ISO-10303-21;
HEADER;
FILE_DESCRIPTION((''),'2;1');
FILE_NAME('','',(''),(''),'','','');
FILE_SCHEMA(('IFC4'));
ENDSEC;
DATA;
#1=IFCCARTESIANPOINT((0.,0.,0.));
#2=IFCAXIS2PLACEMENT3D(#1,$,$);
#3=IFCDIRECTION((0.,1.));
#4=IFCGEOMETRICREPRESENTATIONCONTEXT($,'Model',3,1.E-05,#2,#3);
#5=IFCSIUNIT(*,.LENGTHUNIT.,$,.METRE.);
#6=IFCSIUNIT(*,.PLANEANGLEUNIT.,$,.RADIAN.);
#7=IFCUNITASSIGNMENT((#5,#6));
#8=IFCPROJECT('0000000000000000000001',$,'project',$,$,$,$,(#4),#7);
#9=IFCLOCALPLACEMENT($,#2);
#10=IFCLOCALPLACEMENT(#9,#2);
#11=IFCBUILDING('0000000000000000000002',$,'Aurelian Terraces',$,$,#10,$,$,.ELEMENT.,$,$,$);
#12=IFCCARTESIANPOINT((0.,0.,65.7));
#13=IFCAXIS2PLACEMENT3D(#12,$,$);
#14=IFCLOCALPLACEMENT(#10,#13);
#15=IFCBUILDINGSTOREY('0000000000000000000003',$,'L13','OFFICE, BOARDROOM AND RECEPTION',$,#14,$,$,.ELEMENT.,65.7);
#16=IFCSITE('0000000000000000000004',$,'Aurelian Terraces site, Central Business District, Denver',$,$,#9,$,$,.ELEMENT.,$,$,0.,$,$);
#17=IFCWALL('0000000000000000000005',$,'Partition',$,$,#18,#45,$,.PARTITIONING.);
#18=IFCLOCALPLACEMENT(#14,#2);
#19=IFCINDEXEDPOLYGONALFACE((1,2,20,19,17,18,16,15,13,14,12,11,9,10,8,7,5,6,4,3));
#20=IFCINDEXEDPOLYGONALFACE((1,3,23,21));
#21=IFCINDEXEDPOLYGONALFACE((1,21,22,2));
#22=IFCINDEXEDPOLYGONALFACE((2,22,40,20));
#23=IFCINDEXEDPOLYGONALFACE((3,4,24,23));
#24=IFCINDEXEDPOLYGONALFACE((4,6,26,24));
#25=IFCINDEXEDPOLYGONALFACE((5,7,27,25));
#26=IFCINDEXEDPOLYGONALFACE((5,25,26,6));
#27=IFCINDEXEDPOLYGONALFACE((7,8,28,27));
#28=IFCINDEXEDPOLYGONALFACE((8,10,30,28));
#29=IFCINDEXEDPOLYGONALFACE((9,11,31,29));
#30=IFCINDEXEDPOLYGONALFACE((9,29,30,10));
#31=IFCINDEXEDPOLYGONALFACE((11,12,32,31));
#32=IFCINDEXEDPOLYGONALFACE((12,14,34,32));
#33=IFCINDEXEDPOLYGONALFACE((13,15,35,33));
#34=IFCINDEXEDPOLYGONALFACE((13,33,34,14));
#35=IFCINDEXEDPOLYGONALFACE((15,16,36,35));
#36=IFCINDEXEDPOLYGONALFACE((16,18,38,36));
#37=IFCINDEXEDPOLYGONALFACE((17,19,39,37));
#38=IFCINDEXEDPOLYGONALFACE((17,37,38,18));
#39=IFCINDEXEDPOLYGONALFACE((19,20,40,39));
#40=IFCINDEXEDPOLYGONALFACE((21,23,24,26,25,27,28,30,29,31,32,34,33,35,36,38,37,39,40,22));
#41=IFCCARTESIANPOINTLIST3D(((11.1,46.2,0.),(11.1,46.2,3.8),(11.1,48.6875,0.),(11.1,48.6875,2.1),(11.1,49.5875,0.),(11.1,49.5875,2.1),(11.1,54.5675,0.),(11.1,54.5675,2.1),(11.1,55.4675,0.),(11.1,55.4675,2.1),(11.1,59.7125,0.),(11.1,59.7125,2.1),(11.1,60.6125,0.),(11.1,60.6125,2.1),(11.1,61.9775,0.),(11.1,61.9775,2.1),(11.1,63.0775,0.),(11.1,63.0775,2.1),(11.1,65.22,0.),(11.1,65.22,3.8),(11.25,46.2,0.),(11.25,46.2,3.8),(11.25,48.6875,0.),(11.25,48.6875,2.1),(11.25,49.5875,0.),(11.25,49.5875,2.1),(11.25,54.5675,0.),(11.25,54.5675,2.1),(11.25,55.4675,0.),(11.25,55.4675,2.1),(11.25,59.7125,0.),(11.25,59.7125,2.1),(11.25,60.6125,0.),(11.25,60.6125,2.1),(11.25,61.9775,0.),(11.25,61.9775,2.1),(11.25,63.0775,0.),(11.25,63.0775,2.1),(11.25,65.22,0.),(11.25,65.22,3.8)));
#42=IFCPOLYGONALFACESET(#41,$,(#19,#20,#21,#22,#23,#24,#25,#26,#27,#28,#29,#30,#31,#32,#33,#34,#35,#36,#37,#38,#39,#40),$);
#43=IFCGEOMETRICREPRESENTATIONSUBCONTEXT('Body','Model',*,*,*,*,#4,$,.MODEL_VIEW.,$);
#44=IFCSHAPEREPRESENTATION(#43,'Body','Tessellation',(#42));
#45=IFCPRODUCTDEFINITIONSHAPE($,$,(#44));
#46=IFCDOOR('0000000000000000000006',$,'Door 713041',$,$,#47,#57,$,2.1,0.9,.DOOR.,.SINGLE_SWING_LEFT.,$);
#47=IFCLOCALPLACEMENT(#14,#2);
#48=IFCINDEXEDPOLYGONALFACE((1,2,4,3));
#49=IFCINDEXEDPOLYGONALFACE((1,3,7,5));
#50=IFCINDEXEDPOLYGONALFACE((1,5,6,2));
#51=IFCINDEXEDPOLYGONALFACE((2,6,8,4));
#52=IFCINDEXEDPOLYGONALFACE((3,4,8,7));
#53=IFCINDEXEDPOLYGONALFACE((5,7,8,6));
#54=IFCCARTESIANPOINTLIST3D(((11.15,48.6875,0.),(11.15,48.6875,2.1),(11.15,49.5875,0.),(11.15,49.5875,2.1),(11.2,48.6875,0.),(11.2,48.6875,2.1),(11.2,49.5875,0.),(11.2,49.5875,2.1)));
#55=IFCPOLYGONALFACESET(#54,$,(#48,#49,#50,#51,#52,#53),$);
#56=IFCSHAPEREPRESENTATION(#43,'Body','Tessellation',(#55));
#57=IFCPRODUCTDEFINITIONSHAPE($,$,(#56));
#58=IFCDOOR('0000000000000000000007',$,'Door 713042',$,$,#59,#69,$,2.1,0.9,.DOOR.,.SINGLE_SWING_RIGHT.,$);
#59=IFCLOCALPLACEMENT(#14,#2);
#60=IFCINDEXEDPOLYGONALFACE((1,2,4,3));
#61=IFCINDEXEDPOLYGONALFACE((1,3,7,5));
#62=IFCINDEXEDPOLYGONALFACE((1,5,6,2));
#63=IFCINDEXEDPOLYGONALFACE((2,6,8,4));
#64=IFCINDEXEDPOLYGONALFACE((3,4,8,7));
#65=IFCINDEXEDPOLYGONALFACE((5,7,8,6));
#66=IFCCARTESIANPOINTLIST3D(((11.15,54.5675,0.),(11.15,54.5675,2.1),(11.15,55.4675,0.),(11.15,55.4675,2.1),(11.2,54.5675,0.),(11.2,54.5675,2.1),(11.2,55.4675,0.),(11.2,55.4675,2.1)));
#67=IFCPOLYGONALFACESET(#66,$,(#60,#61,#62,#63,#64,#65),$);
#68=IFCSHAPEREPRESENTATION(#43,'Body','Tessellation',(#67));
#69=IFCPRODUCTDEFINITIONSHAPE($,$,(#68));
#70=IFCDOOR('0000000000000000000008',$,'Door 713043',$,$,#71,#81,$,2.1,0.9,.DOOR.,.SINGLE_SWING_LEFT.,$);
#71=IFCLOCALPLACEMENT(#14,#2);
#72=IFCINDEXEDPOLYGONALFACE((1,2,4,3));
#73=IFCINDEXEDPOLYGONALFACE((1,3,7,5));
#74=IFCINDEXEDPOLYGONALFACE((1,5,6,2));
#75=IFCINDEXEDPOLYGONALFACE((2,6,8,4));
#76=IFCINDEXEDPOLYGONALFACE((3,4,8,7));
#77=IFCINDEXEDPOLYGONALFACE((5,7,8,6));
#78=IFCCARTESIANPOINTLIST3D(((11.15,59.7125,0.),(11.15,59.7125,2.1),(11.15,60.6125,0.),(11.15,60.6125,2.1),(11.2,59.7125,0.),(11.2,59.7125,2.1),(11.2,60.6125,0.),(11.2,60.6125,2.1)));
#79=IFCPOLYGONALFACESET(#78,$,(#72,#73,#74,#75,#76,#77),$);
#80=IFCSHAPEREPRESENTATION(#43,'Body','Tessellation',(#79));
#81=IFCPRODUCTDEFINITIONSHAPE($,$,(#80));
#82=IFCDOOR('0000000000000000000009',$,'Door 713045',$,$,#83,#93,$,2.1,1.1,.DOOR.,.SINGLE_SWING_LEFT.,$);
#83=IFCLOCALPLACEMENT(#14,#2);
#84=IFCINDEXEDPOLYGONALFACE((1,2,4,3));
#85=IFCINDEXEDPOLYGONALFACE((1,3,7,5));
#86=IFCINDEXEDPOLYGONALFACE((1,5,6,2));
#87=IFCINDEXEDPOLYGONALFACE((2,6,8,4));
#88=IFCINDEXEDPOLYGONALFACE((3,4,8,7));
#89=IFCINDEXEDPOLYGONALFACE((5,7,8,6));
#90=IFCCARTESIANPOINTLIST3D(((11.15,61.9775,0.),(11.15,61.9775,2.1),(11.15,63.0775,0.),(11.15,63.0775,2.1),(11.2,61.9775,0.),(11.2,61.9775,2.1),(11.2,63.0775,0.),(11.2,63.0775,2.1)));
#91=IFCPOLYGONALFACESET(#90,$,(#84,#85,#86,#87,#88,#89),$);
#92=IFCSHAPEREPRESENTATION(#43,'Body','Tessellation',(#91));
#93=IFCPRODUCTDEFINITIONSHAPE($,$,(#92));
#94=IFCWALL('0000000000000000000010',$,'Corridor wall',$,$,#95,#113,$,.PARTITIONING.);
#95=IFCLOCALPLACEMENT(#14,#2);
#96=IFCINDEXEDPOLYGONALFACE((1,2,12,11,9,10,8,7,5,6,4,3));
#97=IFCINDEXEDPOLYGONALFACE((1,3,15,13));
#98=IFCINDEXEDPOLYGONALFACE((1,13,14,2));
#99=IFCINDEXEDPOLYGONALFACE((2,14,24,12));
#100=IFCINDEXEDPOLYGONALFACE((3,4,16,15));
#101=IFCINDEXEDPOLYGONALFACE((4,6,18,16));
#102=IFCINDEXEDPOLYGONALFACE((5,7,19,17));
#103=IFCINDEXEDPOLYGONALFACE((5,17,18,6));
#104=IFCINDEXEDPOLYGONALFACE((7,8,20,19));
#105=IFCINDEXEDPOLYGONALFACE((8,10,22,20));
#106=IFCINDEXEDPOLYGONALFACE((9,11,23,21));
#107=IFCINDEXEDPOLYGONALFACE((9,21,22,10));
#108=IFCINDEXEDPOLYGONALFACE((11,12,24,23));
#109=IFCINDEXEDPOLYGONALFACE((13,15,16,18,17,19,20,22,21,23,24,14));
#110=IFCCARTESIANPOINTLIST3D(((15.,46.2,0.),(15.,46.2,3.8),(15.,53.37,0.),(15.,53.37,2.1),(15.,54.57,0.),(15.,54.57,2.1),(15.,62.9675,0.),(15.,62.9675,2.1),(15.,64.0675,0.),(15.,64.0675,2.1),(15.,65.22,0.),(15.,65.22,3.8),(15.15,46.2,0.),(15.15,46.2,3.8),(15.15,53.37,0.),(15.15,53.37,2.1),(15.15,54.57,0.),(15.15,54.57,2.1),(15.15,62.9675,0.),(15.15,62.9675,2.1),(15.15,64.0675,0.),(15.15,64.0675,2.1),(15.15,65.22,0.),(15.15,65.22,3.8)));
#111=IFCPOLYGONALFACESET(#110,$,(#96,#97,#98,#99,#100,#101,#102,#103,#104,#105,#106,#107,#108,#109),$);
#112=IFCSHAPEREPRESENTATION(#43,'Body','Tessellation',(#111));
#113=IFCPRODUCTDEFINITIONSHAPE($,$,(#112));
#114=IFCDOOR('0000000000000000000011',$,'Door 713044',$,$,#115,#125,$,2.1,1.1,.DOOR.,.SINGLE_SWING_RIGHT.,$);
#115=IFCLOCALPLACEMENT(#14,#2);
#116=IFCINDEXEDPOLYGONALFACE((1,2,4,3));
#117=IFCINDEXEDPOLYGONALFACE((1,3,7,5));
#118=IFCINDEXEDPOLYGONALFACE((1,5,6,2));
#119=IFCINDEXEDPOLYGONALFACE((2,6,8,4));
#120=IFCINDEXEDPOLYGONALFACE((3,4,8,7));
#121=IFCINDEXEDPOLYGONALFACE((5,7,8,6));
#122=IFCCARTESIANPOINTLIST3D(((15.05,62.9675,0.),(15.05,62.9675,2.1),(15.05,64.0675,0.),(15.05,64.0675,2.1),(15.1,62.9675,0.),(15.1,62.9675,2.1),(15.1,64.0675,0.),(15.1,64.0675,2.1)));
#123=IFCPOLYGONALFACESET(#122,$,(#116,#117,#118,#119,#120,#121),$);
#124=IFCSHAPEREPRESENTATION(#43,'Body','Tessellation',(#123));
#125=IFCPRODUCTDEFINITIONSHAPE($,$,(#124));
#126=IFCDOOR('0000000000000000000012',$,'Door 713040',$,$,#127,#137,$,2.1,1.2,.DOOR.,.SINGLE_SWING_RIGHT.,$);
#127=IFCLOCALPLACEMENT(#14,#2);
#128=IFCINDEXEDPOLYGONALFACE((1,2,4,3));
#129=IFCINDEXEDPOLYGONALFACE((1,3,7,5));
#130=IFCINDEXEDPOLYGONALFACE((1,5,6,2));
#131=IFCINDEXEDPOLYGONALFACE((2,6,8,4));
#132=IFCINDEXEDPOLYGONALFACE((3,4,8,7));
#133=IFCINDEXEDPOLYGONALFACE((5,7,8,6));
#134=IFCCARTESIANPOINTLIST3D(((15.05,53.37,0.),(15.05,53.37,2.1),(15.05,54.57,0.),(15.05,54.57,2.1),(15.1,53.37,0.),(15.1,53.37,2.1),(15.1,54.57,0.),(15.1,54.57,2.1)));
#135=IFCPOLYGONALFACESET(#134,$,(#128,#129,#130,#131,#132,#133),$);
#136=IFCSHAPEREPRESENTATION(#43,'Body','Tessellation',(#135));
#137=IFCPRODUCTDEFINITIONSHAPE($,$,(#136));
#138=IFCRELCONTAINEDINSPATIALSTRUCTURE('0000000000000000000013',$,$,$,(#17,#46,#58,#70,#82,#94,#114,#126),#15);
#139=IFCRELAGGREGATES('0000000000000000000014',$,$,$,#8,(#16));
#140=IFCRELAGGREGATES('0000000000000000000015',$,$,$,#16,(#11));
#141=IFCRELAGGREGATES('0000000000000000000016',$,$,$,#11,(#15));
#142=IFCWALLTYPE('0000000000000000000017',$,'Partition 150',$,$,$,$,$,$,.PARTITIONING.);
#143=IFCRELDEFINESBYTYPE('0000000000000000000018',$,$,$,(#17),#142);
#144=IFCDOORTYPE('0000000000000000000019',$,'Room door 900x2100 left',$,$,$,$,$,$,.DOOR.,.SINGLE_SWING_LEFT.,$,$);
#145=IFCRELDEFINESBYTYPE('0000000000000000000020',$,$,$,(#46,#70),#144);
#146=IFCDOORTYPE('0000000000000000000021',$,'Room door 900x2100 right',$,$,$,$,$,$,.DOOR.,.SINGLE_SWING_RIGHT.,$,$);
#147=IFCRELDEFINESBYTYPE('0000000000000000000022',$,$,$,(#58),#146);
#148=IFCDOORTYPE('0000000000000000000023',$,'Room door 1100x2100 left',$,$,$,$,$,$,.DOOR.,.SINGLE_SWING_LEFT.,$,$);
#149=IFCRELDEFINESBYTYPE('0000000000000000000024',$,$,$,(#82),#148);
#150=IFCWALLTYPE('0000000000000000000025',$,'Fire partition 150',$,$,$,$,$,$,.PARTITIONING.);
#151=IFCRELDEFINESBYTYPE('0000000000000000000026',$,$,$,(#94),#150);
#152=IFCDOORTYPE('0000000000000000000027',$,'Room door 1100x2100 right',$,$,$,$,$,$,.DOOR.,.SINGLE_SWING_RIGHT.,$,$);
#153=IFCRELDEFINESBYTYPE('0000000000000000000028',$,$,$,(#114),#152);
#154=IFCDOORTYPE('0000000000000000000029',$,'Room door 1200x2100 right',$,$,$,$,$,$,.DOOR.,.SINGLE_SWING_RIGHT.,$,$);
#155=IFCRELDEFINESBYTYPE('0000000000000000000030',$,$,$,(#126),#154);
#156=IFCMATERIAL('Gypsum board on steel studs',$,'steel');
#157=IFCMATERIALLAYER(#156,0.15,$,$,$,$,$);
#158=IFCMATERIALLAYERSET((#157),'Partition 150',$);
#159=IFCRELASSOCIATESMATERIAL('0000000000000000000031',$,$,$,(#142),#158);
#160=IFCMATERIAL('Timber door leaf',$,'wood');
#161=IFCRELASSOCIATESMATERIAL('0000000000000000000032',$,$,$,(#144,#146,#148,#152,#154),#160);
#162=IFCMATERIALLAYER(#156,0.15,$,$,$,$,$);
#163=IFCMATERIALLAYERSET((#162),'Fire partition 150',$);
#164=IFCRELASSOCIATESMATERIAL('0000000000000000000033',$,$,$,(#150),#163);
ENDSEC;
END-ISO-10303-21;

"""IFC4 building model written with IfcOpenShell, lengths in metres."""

from ifc_helpers import new_model, si_unit, direction, frame, frame_2d, origin, place, context, subcontext, project, spatial, rectangle, extrude, source, transform, mapped, material, layer, layer_set, type_object, element, fill, save


model = new_model("IFC4")

# Units and contexts
model_context = context("Model", 3, precision=1e-05, world=origin(), true_north=direction((0.0, 1.0)))
body_context = subcontext(model_context, "Body", "Model", "MODEL_VIEW")
ifc_project = project(units=[si_unit("LENGTHUNIT", "METRE"), si_unit("PLANEANGLEUNIT", "RADIAN")], contexts=[model_context])

# Site, building, storey
site_placement = place(None, origin())
site = spatial("IfcSite", under=ifc_project, at=site_placement, Name="Aurelian Terraces site, Central Business District, Denver", CompositionType="ELEMENT", RefElevation=0.0)
building_placement = place(site_placement, origin())
building = spatial("IfcBuilding", under=site, at=building_placement, Name="Aurelian Terraces", CompositionType="ELEMENT")
storey_placement = place(building_placement, frame((0.0, 0.0, 65.7)))
storey = spatial("IfcBuildingStorey", under=building, at=storey_placement, Name="L13", Description="OFFICE, BOARDROOM AND RECEPTION", CompositionType="ELEMENT", Elevation=65.7)

# Shared definitions
ifc_material_1 = material(Name="Gypsum board on steel studs", Category="steel")
ifc_layer_1 = layer(ifc_material_1, 0.15)
ifc_layer_set_1 = layer_set([ifc_layer_1], Name="Partition 150")
wall_type_1 = type_object("IfcWallType", Name="Partition 150", PredefinedType="PARTITIONING", material=ifc_layer_set_1)

# Walls, openings, doors
shared_shape_1 = source(origin(), body_context, "Body", "SweptSolid", [
    extrude(rectangle(XDim=19.02, YDim=0.15, at=frame_2d((9.51, 0.0))), origin(), (0.0, 0.0, 1.0), 3.8),
])
wall_1_placement = place(storey_placement, frame((11.175, 46.2, 0.0), z_axis=(0.0, 0.0, 1.0), x_axis=(0.0, 1.0, 0.0)))
wall_1 = element("IfcWall", 1, at=wall_1_placement, inside=storey, type_object=wall_type_1, Name="Partition", PredefinedType="PARTITIONING", context=body_context, shape_type="MappedRepresentation", body=[
    mapped(shared_shape_1, transform((0.0, 0.0, 0.0), scale=1.0)),
])
shared_shape_2 = source(origin(), body_context, "Body", "SweptSolid", [
    extrude(rectangle(XDim=0.9, YDim=2.1, at=frame_2d((0.45, 1.05))), frame((0.0, 0.085, 0.0), z_axis=(0.0, -1.0, 0.0), x_axis=(1.0, 0.0, 0.0)), (0.0, 0.0, 1.0), 0.17),
])
opening_1_placement = place(wall_1_placement, frame((2.4875, 0.0, 0.0)))
opening_1 = element("IfcOpeningElement", 2, at=opening_1_placement, cuts=wall_1, PredefinedType="OPENING", context=body_context, shape_type="MappedRepresentation", body=[
    mapped(shared_shape_2, transform((0.0, 0.0, 0.0), scale=1.0)),
])
opening_2_placement = place(wall_1_placement, frame((8.3675, 0.0, 0.0)))
opening_2 = element("IfcOpeningElement", 3, at=opening_2_placement, cuts=wall_1, PredefinedType="OPENING", context=body_context, shape_type="MappedRepresentation", body=[
    mapped(shared_shape_2, transform((0.0, 0.0, 0.0), scale=1.0)),
])
opening_3_placement = place(wall_1_placement, frame((13.5125, 0.0, 0.0)))
opening_3 = element("IfcOpeningElement", 4, at=opening_3_placement, cuts=wall_1, PredefinedType="OPENING", context=body_context, shape_type="MappedRepresentation", body=[
    mapped(shared_shape_2, transform((0.0, 0.0, 0.0), scale=1.0)),
])
shared_shape_3 = source(origin(), body_context, "Body", "SweptSolid", [
    extrude(rectangle(XDim=1.1, YDim=2.1, at=frame_2d((0.55, 1.05))), frame((0.0, 0.085, 0.0), z_axis=(0.0, -1.0, 0.0), x_axis=(1.0, 0.0, 0.0)), (0.0, 0.0, 1.0), 0.17),
])
opening_4_placement = place(wall_1_placement, frame((15.7775, 0.0, 0.0)))
opening_4 = element("IfcOpeningElement", 5, at=opening_4_placement, cuts=wall_1, PredefinedType="OPENING", context=body_context, shape_type="MappedRepresentation", body=[
    mapped(shared_shape_3, transform((0.0, 0.0, 0.0), scale=1.0)),
])
ifc_material_2 = material(Name="Timber door leaf", Category="wood")
door_type_1 = type_object("IfcDoorType", Name="Room door 900x2100 left", OperationType="SINGLE_SWING_LEFT", PredefinedType="DOOR", material=ifc_material_2)
shared_shape_4 = source(origin(), body_context, "Body", "SweptSolid", [
    extrude(rectangle(XDim=0.9, YDim=2.1, at=frame_2d((0.45, 1.05))), frame((0.0, 0.025, 0.0), z_axis=(0.0, -1.0, 0.0), x_axis=(1.0, 0.0, 0.0)), (0.0, 0.0, 1.0), 0.05),
])
door_1_placement = place(opening_1_placement, origin())
door_1 = element("IfcDoor", 6, at=door_1_placement, inside=storey, type_object=door_type_1, Name="Door 713041", OperationType="SINGLE_SWING_LEFT", OverallHeight=2.1, OverallWidth=0.9, PredefinedType="DOOR", context=body_context, shape_type="MappedRepresentation", body=[
    mapped(shared_shape_4, transform((0.0, 0.0, 0.0), scale=1.0)),
])
fill(opening_1, door_1)
door_type_2 = type_object("IfcDoorType", Name="Room door 900x2100 right", OperationType="SINGLE_SWING_RIGHT", PredefinedType="DOOR", material=ifc_material_2)
door_2_placement = place(opening_2_placement, origin())
door_2 = element("IfcDoor", 7, at=door_2_placement, inside=storey, type_object=door_type_2, Name="Door 713042", OperationType="SINGLE_SWING_RIGHT", OverallHeight=2.1, OverallWidth=0.9, PredefinedType="DOOR", context=body_context, shape_type="MappedRepresentation", body=[
    mapped(shared_shape_4, transform((0.0, 0.0, 0.0), scale=1.0)),
])
fill(opening_2, door_2)
door_3_placement = place(opening_3_placement, origin())
door_3 = element("IfcDoor", 8, at=door_3_placement, inside=storey, type_object=door_type_1, Name="Door 713043", OperationType="SINGLE_SWING_LEFT", OverallHeight=2.1, OverallWidth=0.9, PredefinedType="DOOR", context=body_context, shape_type="MappedRepresentation", body=[
    mapped(shared_shape_4, transform((0.0, 0.0, 0.0), scale=1.0)),
])
fill(opening_3, door_3)
door_type_3 = type_object("IfcDoorType", Name="Room door 1100x2100 left", OperationType="SINGLE_SWING_LEFT", PredefinedType="DOOR", material=ifc_material_2)
shared_shape_5 = source(origin(), body_context, "Body", "SweptSolid", [
    extrude(rectangle(XDim=1.1, YDim=2.1, at=frame_2d((0.55, 1.05))), frame((0.0, 0.025, 0.0), z_axis=(0.0, -1.0, 0.0), x_axis=(1.0, 0.0, 0.0)), (0.0, 0.0, 1.0), 0.05),
])
door_4_placement = place(opening_4_placement, origin())
door_4 = element("IfcDoor", 9, at=door_4_placement, inside=storey, type_object=door_type_3, Name="Door 713045", OperationType="SINGLE_SWING_LEFT", OverallHeight=2.1, OverallWidth=1.1, PredefinedType="DOOR", context=body_context, shape_type="MappedRepresentation", body=[
    mapped(shared_shape_5, transform((0.0, 0.0, 0.0), scale=1.0)),
])
fill(opening_4, door_4)
ifc_layer_2 = layer(ifc_material_1, 0.15)
ifc_layer_set_2 = layer_set([ifc_layer_2], Name="Fire partition 150")
wall_type_2 = type_object("IfcWallType", Name="Fire partition 150", PredefinedType="PARTITIONING", material=ifc_layer_set_2)
wall_2_placement = place(storey_placement, frame((15.075, 46.2, 0.0), z_axis=(0.0, 0.0, 1.0), x_axis=(0.0, 1.0, 0.0)))
wall_2 = element("IfcWall", 10, at=wall_2_placement, inside=storey, type_object=wall_type_2, Name="Corridor wall", PredefinedType="PARTITIONING", context=body_context, shape_type="MappedRepresentation", body=[
    mapped(shared_shape_1, transform((0.0, 0.0, 0.0), scale=1.0)),
])
shared_shape_6 = source(origin(), body_context, "Body", "SweptSolid", [
    extrude(rectangle(XDim=1.2, YDim=2.1, at=frame_2d((0.6, 1.05))), frame((0.0, 0.085, 0.0), z_axis=(0.0, -1.0, 0.0), x_axis=(1.0, 0.0, 0.0)), (0.0, 0.0, 1.0), 0.17),
])
opening_5_placement = place(wall_2_placement, frame((7.17, 0.0, 0.0)))
opening_5 = element("IfcOpeningElement", 11, at=opening_5_placement, cuts=wall_2, PredefinedType="OPENING", context=body_context, shape_type="MappedRepresentation", body=[
    mapped(shared_shape_6, transform((0.0, 0.0, 0.0), scale=1.0)),
])
opening_6_placement = place(wall_2_placement, frame((16.7675, 0.0, 0.0)))
opening_6 = element("IfcOpeningElement", 12, at=opening_6_placement, cuts=wall_2, PredefinedType="OPENING", context=body_context, shape_type="MappedRepresentation", body=[
    mapped(shared_shape_3, transform((0.0, 0.0, 0.0), scale=1.0)),
])
door_type_4 = type_object("IfcDoorType", Name="Room door 1100x2100 right", OperationType="SINGLE_SWING_RIGHT", PredefinedType="DOOR", material=ifc_material_2)
door_5_placement = place(opening_6_placement, origin())
door_5 = element("IfcDoor", 13, at=door_5_placement, inside=storey, type_object=door_type_4, Name="Door 713044", OperationType="SINGLE_SWING_RIGHT", OverallHeight=2.1, OverallWidth=1.1, PredefinedType="DOOR", context=body_context, shape_type="MappedRepresentation", body=[
    mapped(shared_shape_5, transform((0.0, 0.0, 0.0), scale=1.0)),
])
fill(opening_6, door_5)
door_type_5 = type_object("IfcDoorType", Name="Room door 1200x2100 right", OperationType="SINGLE_SWING_RIGHT", PredefinedType="DOOR", material=ifc_material_2)
shared_shape_7 = source(origin(), body_context, "Body", "SweptSolid", [
    extrude(rectangle(XDim=1.2, YDim=2.1, at=frame_2d((0.6, 1.05))), frame((0.0, 0.025, 0.0), z_axis=(0.0, -1.0, 0.0), x_axis=(1.0, 0.0, 0.0)), (0.0, 0.0, 1.0), 0.05),
])
door_6_placement = place(opening_5_placement, origin())
door_6 = element("IfcDoor", 14, at=door_6_placement, inside=storey, type_object=door_type_5, Name="Door 713040", OperationType="SINGLE_SWING_RIGHT", OverallHeight=2.1, OverallWidth=1.2, PredefinedType="DOOR", context=body_context, shape_type="MappedRepresentation", body=[
    mapped(shared_shape_7, transform((0.0, 0.0, 0.0), scale=1.0)),
])
fill(opening_5, door_6)

save(model, "model.ifc")
